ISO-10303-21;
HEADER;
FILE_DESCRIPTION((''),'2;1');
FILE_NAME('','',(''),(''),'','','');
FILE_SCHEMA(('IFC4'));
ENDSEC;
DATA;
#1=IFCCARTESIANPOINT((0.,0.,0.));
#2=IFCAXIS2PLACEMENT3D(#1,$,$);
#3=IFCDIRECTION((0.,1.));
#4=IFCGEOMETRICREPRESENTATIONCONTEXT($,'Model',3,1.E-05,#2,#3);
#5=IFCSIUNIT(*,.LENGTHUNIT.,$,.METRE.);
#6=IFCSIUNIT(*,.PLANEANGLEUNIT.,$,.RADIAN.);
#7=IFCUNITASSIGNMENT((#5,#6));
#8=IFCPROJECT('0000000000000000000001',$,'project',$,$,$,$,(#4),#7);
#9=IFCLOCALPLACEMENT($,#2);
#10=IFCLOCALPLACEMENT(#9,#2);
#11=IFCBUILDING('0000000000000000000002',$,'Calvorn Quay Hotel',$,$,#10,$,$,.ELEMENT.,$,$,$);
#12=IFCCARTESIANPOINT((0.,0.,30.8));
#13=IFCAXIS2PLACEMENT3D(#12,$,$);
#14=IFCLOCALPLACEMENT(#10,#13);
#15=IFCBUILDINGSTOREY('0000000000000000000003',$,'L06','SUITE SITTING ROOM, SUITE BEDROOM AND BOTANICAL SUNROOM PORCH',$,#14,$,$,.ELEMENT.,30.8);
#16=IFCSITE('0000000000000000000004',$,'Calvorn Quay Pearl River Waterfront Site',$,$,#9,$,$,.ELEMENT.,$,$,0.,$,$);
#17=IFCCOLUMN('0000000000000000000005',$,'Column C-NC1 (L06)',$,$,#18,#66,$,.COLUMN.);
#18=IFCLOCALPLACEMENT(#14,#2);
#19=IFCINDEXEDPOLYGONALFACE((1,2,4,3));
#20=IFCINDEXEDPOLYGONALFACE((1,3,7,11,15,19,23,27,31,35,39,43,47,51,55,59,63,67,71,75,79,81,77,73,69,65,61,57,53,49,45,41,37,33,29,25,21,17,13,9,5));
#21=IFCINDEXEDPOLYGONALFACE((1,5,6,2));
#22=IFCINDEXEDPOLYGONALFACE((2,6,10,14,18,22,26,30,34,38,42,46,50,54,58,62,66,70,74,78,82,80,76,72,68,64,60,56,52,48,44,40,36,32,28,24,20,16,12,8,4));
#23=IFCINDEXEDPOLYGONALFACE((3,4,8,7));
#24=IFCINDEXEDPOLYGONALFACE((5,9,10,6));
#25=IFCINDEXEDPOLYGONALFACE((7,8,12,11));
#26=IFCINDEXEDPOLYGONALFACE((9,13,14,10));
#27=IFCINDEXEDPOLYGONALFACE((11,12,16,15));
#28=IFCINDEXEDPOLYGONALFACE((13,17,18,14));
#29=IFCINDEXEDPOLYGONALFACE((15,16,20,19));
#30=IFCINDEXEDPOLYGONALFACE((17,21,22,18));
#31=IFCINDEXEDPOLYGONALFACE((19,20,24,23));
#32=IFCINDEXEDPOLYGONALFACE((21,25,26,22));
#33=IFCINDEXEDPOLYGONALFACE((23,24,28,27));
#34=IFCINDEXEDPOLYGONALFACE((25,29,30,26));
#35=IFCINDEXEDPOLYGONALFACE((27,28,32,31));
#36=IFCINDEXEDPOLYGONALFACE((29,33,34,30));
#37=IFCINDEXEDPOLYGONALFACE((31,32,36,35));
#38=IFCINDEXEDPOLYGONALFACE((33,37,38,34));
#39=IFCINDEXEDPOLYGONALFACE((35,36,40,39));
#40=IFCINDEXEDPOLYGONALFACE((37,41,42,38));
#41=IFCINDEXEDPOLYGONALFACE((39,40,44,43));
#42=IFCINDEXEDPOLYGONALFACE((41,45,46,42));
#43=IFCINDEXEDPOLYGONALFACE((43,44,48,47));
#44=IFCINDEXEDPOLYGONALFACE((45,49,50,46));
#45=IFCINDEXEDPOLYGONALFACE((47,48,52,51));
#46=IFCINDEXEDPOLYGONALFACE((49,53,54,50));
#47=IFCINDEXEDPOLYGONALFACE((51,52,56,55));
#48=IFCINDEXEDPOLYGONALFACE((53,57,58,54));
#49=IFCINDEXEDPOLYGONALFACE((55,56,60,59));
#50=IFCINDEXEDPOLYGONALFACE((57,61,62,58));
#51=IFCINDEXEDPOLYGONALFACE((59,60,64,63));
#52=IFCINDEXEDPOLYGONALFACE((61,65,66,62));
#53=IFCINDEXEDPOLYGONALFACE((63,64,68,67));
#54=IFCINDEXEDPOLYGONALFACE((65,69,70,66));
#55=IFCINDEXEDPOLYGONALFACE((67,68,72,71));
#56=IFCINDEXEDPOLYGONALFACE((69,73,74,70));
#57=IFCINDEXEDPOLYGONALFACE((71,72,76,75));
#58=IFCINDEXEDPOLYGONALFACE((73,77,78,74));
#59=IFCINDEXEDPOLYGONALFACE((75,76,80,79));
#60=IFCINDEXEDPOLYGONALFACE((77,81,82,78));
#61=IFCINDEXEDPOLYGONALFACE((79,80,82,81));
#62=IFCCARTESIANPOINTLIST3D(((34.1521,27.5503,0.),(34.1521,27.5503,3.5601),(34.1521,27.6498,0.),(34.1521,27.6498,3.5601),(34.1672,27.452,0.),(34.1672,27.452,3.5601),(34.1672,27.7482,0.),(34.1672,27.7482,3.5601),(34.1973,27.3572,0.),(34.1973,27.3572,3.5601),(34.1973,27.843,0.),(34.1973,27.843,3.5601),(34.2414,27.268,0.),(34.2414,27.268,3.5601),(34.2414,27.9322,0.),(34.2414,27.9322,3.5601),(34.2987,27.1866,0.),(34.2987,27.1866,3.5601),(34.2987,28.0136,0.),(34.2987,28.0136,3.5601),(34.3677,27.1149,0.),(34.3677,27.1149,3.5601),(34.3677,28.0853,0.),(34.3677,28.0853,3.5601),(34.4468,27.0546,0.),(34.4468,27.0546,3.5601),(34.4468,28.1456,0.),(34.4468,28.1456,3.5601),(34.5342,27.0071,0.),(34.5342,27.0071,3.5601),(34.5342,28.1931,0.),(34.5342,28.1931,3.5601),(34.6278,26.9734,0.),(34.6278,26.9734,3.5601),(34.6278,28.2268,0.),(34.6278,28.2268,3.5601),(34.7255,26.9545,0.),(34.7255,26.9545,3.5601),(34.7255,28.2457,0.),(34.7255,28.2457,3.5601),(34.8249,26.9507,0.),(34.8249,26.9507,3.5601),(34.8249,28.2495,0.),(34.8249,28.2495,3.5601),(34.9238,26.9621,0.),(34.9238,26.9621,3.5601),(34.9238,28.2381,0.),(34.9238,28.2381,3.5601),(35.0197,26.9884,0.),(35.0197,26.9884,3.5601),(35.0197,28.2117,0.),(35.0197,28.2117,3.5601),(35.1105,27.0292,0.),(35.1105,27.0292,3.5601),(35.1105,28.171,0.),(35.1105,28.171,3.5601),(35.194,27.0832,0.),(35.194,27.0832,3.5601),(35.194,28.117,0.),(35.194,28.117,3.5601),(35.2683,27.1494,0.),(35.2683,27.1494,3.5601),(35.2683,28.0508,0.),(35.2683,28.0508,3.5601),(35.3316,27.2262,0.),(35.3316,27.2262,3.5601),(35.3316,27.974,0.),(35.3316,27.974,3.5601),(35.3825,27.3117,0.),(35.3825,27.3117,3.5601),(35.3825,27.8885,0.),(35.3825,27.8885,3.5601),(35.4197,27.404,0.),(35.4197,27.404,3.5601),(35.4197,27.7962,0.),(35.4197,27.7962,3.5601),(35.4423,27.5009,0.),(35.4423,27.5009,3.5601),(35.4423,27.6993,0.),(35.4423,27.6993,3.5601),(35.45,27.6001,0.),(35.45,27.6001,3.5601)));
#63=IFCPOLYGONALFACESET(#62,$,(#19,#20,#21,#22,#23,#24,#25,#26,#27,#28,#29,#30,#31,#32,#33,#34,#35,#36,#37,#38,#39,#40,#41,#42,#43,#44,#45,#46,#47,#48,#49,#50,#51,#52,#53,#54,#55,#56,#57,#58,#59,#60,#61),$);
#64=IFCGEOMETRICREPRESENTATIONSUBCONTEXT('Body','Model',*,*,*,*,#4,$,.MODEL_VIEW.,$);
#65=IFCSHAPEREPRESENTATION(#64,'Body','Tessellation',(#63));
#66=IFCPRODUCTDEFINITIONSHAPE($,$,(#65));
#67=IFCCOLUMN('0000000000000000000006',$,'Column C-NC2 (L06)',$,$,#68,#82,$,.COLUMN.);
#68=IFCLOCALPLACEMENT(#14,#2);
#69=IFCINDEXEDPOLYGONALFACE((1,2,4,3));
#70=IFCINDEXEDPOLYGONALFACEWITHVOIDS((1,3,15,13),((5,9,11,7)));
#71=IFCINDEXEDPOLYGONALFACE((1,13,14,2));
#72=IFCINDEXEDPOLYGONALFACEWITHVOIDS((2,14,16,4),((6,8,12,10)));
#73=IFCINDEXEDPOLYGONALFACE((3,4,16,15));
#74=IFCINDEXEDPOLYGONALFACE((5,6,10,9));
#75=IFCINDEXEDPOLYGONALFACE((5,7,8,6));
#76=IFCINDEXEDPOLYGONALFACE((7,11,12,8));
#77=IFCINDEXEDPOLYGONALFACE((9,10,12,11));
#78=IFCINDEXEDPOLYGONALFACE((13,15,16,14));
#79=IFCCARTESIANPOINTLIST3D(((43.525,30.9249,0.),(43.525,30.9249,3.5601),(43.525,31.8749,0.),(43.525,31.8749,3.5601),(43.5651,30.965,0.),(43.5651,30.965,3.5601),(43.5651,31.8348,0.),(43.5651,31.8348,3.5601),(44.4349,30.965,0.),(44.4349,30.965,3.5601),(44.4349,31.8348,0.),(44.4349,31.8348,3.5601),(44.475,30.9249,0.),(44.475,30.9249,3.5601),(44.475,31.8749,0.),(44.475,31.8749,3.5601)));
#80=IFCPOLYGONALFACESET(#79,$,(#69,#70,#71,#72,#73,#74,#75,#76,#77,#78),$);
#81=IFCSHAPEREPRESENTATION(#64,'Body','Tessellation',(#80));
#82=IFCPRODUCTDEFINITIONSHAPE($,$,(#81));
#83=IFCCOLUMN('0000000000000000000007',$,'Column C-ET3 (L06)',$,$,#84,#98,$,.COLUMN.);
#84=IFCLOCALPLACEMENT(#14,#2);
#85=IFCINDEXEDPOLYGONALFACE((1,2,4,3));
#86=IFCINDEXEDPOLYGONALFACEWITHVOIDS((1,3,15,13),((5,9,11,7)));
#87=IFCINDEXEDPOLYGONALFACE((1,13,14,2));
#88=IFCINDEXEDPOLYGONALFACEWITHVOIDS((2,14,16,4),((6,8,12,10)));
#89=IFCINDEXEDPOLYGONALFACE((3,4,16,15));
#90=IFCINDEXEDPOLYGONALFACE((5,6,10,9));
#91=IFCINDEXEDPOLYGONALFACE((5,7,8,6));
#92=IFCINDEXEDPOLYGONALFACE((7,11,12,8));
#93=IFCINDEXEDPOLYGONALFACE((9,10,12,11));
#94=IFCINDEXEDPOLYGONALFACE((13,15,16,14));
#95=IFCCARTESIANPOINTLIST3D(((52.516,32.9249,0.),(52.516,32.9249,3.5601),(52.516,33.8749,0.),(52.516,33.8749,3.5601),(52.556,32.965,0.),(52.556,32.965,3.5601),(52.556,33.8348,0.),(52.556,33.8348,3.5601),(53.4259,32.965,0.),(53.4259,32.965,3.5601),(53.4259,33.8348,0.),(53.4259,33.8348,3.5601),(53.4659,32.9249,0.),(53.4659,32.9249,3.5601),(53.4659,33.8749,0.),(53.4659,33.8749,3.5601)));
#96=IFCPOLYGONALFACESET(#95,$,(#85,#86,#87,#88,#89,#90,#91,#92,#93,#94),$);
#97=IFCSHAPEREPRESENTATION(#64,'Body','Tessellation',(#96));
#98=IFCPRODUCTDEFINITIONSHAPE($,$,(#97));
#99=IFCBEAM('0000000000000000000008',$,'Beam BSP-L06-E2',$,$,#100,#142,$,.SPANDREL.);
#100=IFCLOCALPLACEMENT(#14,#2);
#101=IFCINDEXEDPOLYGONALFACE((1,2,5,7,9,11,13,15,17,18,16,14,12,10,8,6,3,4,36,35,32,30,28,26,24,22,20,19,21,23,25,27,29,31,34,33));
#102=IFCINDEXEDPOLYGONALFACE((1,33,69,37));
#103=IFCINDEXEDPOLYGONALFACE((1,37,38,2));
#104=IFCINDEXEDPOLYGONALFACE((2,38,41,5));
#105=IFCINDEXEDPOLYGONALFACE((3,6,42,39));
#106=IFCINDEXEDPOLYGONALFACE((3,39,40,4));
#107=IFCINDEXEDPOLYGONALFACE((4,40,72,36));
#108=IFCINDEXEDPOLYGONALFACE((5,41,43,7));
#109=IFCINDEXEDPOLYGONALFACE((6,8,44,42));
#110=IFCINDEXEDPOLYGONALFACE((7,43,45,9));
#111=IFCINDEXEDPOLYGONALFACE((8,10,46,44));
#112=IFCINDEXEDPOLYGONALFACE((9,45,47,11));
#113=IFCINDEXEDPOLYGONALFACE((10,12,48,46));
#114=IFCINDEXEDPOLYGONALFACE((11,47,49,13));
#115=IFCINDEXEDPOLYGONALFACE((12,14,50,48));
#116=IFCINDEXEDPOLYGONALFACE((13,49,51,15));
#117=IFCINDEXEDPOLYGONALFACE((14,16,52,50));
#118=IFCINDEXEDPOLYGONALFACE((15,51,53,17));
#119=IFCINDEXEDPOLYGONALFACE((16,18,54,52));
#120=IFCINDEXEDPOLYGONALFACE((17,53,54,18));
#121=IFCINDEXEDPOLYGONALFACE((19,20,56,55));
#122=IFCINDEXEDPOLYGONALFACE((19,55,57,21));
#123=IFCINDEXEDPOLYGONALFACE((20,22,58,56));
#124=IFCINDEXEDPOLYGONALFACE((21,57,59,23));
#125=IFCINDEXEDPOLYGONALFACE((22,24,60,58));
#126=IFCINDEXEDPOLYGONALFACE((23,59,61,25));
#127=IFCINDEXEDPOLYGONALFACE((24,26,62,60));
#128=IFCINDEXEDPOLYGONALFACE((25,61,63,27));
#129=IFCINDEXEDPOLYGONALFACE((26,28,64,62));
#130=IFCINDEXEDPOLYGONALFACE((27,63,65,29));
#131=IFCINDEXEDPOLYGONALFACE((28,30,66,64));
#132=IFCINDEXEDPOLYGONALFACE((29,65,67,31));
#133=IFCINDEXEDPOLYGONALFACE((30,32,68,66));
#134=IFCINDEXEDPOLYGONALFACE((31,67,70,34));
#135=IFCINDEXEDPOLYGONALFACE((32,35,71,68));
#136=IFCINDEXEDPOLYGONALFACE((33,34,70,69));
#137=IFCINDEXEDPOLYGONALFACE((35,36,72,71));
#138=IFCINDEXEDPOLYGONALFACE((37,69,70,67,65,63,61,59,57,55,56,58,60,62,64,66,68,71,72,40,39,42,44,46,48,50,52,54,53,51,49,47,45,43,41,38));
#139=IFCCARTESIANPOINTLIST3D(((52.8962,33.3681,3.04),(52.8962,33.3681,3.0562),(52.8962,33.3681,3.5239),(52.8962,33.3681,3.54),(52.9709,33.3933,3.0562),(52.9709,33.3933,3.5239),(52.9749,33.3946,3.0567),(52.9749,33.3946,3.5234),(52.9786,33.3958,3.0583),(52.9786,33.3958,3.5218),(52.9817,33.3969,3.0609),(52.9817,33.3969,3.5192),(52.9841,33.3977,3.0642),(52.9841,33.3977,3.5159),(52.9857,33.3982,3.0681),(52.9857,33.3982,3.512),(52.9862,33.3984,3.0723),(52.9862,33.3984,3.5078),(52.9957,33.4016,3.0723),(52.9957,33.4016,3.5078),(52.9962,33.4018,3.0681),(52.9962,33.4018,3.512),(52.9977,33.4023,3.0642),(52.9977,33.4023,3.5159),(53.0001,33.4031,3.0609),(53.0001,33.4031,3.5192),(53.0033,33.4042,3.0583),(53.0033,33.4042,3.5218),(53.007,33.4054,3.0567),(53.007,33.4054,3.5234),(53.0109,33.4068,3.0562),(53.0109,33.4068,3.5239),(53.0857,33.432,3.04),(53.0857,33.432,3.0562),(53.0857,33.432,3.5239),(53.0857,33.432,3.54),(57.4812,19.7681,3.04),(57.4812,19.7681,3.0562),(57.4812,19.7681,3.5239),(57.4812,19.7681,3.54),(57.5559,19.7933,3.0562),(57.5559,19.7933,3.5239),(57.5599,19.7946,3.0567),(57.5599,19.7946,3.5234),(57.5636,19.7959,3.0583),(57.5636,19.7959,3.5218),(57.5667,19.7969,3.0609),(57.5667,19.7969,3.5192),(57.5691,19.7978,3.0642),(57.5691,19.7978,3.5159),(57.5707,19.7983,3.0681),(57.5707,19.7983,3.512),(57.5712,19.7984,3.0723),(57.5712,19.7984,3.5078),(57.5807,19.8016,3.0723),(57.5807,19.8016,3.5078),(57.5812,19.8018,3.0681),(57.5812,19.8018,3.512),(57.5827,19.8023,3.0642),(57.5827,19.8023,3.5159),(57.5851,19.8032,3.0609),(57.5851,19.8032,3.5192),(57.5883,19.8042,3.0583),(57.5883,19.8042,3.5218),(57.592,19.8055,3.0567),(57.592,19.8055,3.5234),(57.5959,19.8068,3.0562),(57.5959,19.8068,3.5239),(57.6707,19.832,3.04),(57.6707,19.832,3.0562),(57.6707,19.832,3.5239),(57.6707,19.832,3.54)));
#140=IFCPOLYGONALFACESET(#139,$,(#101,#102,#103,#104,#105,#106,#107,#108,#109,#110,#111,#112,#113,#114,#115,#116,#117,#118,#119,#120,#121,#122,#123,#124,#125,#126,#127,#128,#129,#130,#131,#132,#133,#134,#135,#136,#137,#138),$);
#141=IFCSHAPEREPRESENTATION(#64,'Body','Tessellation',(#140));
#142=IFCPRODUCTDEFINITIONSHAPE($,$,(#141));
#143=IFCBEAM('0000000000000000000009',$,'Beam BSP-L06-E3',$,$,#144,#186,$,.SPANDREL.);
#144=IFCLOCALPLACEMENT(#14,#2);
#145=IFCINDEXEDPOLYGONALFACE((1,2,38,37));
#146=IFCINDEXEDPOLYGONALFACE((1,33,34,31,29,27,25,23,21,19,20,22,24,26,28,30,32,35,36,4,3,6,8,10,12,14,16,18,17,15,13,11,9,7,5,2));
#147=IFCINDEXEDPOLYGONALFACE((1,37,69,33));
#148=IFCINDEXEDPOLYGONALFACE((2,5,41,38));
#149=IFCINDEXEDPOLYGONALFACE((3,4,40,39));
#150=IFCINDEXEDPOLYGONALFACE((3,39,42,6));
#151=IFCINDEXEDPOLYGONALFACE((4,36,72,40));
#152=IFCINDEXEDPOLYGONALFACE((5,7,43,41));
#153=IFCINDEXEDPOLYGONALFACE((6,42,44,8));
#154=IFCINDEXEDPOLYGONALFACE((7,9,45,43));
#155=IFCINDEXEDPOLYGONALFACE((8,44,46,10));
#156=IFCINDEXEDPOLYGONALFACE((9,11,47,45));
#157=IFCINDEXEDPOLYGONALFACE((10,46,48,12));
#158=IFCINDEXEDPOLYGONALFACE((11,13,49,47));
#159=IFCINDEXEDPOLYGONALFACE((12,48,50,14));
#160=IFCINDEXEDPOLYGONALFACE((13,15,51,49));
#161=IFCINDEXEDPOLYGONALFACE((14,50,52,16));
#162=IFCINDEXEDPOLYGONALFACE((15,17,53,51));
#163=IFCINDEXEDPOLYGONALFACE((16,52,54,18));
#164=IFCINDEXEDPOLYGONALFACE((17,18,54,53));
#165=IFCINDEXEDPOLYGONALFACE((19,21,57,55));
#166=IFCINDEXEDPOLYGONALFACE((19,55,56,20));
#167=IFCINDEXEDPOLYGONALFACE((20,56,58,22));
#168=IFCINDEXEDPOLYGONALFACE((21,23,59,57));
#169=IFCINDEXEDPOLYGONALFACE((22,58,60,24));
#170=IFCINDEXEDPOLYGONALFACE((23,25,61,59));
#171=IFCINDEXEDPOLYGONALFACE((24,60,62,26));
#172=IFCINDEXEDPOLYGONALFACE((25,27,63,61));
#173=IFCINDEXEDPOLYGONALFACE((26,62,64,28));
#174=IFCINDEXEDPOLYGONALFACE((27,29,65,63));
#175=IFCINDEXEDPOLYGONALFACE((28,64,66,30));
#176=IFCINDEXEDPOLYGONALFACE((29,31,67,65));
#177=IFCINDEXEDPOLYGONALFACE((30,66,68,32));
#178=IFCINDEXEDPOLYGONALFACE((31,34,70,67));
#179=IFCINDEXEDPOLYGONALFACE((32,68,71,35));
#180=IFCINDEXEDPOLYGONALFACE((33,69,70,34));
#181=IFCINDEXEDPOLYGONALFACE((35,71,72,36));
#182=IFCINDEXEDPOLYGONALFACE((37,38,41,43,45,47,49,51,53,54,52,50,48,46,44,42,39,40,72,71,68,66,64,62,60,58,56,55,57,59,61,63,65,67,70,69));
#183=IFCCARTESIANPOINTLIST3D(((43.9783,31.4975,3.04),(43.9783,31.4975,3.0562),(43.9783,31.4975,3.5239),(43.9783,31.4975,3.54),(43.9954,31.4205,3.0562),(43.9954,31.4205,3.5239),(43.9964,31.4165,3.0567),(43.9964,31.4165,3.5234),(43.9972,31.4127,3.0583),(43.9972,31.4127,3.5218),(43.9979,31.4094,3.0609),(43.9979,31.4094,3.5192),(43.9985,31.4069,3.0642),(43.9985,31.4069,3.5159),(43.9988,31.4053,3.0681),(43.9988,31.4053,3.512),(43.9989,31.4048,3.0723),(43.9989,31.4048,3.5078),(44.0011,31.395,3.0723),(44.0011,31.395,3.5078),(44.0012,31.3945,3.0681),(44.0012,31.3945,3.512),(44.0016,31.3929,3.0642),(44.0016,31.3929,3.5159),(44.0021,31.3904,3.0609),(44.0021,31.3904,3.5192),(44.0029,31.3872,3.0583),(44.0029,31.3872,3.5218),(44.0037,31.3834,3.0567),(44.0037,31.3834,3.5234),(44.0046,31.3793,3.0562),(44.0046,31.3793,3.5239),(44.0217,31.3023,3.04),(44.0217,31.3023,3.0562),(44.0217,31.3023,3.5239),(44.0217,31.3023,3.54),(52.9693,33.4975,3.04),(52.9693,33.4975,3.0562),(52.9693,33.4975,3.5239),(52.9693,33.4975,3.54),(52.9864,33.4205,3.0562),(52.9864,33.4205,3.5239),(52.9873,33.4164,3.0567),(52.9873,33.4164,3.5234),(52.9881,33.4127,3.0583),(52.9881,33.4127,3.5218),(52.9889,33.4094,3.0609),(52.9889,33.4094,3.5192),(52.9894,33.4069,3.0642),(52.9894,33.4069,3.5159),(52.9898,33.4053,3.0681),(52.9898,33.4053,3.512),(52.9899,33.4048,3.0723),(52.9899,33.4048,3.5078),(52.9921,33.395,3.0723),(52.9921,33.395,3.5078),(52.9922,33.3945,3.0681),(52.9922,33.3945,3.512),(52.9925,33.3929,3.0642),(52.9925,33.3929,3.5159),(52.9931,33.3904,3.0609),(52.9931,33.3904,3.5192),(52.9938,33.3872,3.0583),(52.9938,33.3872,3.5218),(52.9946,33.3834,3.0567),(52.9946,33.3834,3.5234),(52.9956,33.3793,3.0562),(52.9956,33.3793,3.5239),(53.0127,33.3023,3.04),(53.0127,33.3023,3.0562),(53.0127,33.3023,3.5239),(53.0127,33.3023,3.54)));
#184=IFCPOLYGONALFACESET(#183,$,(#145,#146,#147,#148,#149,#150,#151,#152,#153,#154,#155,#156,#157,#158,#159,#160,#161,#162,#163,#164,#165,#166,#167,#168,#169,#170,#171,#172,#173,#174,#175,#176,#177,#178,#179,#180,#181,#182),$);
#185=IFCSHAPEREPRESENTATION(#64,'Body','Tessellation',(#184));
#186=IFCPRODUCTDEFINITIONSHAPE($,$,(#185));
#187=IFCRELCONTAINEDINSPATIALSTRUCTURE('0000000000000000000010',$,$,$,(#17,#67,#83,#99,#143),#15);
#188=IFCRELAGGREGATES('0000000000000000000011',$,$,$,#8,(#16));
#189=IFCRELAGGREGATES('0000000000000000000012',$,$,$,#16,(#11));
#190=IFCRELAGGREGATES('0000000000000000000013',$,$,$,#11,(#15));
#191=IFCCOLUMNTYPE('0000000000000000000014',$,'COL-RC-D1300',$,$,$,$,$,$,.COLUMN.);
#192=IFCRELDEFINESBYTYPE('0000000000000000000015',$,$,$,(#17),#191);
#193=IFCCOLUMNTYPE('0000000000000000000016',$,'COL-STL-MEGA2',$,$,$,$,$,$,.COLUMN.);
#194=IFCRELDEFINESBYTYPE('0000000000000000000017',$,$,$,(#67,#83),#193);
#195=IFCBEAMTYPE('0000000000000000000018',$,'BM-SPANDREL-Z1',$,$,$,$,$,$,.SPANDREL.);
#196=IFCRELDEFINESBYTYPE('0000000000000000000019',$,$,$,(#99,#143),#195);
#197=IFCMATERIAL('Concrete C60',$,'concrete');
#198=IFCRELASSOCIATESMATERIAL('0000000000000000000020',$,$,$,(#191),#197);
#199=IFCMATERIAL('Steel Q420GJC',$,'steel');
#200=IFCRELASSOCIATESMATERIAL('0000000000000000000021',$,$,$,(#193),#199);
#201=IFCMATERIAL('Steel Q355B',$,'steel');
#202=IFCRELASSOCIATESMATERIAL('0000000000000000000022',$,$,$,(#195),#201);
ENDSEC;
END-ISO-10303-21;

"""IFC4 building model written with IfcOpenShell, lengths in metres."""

from ifc_helpers import new_model, si_unit, direction, frame, origin, origin_2d, place, context, subcontext, project, spatial, hollow_rectangle, circle, i_section, extrude, material, material_profile, profile_set, type_object, element, save


model = new_model("IFC4")

# Units and contexts
model_context = context("Model", 3, precision=1e-05, world=origin(), true_north=direction((0.0, 1.0)))
body_context = subcontext(model_context, "Body", "Model", "MODEL_VIEW")
ifc_project = project(units=[si_unit("LENGTHUNIT", "METRE"), si_unit("PLANEANGLEUNIT", "RADIAN")], contexts=[model_context])

# Site, building, storey
site_placement = place(None, origin())
site = spatial("IfcSite", under=ifc_project, at=site_placement, Name="Calvorn Quay Pearl River Waterfront Site", CompositionType="ELEMENT", RefElevation=0.0)
building_placement = place(site_placement, origin())
building = spatial("IfcBuilding", under=site, at=building_placement, Name="Calvorn Quay Hotel", CompositionType="ELEMENT")
storey_placement = place(building_placement, frame((0.0, 0.0, 30.8)))
storey = spatial("IfcBuildingStorey", under=building, at=storey_placement, Name="L06", Description="SUITE SITTING ROOM, SUITE BEDROOM AND BOTANICAL SUNROOM PORCH", CompositionType="ELEMENT", Elevation=30.8)

# Columns
ifc_material_1 = material(Name="Concrete C60", Category="concrete")
ifc_material_profile_1 = material_profile(ifc_material_1, circle(Radius=0.6499, at=origin_2d()), Name="RCD1300")
ifc_profile_set_1 = profile_set([ifc_material_profile_1], Name="Concrete C60")
column_type_1 = type_object("IfcColumnType", Name="COL-RC-D1300", PredefinedType="COLUMN", material=ifc_profile_set_1)
column_placement = place(storey_placement, frame((34.8, 27.6001, 0.0), z_axis=(0.0, 0.0, 1.0), x_axis=(1.0, 0.0, 0.0)))
element("IfcColumn", 1, at=column_placement, inside=storey, type_object=column_type_1, Name="Column C-NC1 (L06)", PredefinedType="COLUMN", context=body_context, shape_type="SweptSolid", body=[
    extrude(circle(Radius=0.6499, at=origin_2d()), origin(), (0.0, 0.0, 1.0), 3.5601),
])
ifc_material_2 = material(Name="Steel Q420GJC", Category="steel")
ifc_material_profile_2 = material_profile(ifc_material_2, hollow_rectangle(XDim=0.95, YDim=0.95, WallThickness=0.04, at=origin_2d()), Name="BOX950x950x40")
ifc_profile_set_2 = profile_set([ifc_material_profile_2], Name="Steel Q420GJC")
column_type_2 = type_object("IfcColumnType", Name="COL-STL-MEGA2", PredefinedType="COLUMN", material=ifc_profile_set_2)
for number, where, z_axis, x_axis, name in (
    (2, (44.0, 31.3999, 0.0), (0.0, 0.0, 1.0), (1.0, 0.0, 0.0), "Column C-NC2 (L06)"),
    (3, (52.991, 33.3999, 0.0), (0.0, 0.0, 1.0), (1.0, 0.0, 0.0), "Column C-ET3 (L06)"),
):
    element("IfcColumn", number, at=place(storey_placement, frame(where, z_axis=z_axis, x_axis=x_axis)), inside=storey, type_object=column_type_2, Name=name, PredefinedType="COLUMN", context=body_context, shape_type="SweptSolid", body=[
        extrude(hollow_rectangle(XDim=0.95, YDim=0.95, WallThickness=0.04, at=origin_2d()), origin(), (0.0, 0.0, 1.0), 3.5601),
    ])

# Beams
ifc_material_3 = material(Name="Steel Q355B", Category="steel")
ifc_material_profile_3 = material_profile(ifc_material_3, i_section(OverallWidth=0.2, OverallDepth=0.5, WebThickness=0.01, FlangeThickness=0.0161, FilletRadius=0.0161, at=origin_2d()), Name="HN500x200x10x16")
ifc_profile_set_3 = profile_set([ifc_material_profile_3], Name="Steel Q355B")
beam_type = type_object("IfcBeamType", Name="BM-SPANDREL-Z1", PredefinedType="SPANDREL", material=ifc_profile_set_3)
beam_1_placement = place(storey_placement, frame((57.5759, 19.8, 3.29), z_axis=(-0.319467, 0.947598, 0.0), x_axis=(-0.947598, -0.319467, 0.0)))
element("IfcBeam", 4, at=beam_1_placement, inside=storey, type_object=beam_type, Name="Beam BSP-L06-E2", PredefinedType="SPANDREL", context=body_context, shape_type="SweptSolid", body=[
    extrude(i_section(OverallWidth=0.2, OverallDepth=0.5, WebThickness=0.01, FlangeThickness=0.0161, FilletRadius=0.0161, at=origin_2d()), origin(), (0.0, 0.0, 1.0), 14.3521),
])
beam_2_placement = place(storey_placement, frame((52.991, 33.3999, 3.29), z_axis=(-0.976141, -0.217138, 0.0), x_axis=(0.217138, -0.976141, 0.0)))
element("IfcBeam", 5, at=beam_2_placement, inside=storey, type_object=beam_type, Name="Beam BSP-L06-E3", PredefinedType="SPANDREL", context=body_context, shape_type="SweptSolid", body=[
    extrude(i_section(OverallWidth=0.2, OverallDepth=0.5, WebThickness=0.01, FlangeThickness=0.0161, FilletRadius=0.0161, at=origin_2d()), origin(), (0.0, 0.0, 1.0), 9.2107),
])

save(model, "model.ifc")
